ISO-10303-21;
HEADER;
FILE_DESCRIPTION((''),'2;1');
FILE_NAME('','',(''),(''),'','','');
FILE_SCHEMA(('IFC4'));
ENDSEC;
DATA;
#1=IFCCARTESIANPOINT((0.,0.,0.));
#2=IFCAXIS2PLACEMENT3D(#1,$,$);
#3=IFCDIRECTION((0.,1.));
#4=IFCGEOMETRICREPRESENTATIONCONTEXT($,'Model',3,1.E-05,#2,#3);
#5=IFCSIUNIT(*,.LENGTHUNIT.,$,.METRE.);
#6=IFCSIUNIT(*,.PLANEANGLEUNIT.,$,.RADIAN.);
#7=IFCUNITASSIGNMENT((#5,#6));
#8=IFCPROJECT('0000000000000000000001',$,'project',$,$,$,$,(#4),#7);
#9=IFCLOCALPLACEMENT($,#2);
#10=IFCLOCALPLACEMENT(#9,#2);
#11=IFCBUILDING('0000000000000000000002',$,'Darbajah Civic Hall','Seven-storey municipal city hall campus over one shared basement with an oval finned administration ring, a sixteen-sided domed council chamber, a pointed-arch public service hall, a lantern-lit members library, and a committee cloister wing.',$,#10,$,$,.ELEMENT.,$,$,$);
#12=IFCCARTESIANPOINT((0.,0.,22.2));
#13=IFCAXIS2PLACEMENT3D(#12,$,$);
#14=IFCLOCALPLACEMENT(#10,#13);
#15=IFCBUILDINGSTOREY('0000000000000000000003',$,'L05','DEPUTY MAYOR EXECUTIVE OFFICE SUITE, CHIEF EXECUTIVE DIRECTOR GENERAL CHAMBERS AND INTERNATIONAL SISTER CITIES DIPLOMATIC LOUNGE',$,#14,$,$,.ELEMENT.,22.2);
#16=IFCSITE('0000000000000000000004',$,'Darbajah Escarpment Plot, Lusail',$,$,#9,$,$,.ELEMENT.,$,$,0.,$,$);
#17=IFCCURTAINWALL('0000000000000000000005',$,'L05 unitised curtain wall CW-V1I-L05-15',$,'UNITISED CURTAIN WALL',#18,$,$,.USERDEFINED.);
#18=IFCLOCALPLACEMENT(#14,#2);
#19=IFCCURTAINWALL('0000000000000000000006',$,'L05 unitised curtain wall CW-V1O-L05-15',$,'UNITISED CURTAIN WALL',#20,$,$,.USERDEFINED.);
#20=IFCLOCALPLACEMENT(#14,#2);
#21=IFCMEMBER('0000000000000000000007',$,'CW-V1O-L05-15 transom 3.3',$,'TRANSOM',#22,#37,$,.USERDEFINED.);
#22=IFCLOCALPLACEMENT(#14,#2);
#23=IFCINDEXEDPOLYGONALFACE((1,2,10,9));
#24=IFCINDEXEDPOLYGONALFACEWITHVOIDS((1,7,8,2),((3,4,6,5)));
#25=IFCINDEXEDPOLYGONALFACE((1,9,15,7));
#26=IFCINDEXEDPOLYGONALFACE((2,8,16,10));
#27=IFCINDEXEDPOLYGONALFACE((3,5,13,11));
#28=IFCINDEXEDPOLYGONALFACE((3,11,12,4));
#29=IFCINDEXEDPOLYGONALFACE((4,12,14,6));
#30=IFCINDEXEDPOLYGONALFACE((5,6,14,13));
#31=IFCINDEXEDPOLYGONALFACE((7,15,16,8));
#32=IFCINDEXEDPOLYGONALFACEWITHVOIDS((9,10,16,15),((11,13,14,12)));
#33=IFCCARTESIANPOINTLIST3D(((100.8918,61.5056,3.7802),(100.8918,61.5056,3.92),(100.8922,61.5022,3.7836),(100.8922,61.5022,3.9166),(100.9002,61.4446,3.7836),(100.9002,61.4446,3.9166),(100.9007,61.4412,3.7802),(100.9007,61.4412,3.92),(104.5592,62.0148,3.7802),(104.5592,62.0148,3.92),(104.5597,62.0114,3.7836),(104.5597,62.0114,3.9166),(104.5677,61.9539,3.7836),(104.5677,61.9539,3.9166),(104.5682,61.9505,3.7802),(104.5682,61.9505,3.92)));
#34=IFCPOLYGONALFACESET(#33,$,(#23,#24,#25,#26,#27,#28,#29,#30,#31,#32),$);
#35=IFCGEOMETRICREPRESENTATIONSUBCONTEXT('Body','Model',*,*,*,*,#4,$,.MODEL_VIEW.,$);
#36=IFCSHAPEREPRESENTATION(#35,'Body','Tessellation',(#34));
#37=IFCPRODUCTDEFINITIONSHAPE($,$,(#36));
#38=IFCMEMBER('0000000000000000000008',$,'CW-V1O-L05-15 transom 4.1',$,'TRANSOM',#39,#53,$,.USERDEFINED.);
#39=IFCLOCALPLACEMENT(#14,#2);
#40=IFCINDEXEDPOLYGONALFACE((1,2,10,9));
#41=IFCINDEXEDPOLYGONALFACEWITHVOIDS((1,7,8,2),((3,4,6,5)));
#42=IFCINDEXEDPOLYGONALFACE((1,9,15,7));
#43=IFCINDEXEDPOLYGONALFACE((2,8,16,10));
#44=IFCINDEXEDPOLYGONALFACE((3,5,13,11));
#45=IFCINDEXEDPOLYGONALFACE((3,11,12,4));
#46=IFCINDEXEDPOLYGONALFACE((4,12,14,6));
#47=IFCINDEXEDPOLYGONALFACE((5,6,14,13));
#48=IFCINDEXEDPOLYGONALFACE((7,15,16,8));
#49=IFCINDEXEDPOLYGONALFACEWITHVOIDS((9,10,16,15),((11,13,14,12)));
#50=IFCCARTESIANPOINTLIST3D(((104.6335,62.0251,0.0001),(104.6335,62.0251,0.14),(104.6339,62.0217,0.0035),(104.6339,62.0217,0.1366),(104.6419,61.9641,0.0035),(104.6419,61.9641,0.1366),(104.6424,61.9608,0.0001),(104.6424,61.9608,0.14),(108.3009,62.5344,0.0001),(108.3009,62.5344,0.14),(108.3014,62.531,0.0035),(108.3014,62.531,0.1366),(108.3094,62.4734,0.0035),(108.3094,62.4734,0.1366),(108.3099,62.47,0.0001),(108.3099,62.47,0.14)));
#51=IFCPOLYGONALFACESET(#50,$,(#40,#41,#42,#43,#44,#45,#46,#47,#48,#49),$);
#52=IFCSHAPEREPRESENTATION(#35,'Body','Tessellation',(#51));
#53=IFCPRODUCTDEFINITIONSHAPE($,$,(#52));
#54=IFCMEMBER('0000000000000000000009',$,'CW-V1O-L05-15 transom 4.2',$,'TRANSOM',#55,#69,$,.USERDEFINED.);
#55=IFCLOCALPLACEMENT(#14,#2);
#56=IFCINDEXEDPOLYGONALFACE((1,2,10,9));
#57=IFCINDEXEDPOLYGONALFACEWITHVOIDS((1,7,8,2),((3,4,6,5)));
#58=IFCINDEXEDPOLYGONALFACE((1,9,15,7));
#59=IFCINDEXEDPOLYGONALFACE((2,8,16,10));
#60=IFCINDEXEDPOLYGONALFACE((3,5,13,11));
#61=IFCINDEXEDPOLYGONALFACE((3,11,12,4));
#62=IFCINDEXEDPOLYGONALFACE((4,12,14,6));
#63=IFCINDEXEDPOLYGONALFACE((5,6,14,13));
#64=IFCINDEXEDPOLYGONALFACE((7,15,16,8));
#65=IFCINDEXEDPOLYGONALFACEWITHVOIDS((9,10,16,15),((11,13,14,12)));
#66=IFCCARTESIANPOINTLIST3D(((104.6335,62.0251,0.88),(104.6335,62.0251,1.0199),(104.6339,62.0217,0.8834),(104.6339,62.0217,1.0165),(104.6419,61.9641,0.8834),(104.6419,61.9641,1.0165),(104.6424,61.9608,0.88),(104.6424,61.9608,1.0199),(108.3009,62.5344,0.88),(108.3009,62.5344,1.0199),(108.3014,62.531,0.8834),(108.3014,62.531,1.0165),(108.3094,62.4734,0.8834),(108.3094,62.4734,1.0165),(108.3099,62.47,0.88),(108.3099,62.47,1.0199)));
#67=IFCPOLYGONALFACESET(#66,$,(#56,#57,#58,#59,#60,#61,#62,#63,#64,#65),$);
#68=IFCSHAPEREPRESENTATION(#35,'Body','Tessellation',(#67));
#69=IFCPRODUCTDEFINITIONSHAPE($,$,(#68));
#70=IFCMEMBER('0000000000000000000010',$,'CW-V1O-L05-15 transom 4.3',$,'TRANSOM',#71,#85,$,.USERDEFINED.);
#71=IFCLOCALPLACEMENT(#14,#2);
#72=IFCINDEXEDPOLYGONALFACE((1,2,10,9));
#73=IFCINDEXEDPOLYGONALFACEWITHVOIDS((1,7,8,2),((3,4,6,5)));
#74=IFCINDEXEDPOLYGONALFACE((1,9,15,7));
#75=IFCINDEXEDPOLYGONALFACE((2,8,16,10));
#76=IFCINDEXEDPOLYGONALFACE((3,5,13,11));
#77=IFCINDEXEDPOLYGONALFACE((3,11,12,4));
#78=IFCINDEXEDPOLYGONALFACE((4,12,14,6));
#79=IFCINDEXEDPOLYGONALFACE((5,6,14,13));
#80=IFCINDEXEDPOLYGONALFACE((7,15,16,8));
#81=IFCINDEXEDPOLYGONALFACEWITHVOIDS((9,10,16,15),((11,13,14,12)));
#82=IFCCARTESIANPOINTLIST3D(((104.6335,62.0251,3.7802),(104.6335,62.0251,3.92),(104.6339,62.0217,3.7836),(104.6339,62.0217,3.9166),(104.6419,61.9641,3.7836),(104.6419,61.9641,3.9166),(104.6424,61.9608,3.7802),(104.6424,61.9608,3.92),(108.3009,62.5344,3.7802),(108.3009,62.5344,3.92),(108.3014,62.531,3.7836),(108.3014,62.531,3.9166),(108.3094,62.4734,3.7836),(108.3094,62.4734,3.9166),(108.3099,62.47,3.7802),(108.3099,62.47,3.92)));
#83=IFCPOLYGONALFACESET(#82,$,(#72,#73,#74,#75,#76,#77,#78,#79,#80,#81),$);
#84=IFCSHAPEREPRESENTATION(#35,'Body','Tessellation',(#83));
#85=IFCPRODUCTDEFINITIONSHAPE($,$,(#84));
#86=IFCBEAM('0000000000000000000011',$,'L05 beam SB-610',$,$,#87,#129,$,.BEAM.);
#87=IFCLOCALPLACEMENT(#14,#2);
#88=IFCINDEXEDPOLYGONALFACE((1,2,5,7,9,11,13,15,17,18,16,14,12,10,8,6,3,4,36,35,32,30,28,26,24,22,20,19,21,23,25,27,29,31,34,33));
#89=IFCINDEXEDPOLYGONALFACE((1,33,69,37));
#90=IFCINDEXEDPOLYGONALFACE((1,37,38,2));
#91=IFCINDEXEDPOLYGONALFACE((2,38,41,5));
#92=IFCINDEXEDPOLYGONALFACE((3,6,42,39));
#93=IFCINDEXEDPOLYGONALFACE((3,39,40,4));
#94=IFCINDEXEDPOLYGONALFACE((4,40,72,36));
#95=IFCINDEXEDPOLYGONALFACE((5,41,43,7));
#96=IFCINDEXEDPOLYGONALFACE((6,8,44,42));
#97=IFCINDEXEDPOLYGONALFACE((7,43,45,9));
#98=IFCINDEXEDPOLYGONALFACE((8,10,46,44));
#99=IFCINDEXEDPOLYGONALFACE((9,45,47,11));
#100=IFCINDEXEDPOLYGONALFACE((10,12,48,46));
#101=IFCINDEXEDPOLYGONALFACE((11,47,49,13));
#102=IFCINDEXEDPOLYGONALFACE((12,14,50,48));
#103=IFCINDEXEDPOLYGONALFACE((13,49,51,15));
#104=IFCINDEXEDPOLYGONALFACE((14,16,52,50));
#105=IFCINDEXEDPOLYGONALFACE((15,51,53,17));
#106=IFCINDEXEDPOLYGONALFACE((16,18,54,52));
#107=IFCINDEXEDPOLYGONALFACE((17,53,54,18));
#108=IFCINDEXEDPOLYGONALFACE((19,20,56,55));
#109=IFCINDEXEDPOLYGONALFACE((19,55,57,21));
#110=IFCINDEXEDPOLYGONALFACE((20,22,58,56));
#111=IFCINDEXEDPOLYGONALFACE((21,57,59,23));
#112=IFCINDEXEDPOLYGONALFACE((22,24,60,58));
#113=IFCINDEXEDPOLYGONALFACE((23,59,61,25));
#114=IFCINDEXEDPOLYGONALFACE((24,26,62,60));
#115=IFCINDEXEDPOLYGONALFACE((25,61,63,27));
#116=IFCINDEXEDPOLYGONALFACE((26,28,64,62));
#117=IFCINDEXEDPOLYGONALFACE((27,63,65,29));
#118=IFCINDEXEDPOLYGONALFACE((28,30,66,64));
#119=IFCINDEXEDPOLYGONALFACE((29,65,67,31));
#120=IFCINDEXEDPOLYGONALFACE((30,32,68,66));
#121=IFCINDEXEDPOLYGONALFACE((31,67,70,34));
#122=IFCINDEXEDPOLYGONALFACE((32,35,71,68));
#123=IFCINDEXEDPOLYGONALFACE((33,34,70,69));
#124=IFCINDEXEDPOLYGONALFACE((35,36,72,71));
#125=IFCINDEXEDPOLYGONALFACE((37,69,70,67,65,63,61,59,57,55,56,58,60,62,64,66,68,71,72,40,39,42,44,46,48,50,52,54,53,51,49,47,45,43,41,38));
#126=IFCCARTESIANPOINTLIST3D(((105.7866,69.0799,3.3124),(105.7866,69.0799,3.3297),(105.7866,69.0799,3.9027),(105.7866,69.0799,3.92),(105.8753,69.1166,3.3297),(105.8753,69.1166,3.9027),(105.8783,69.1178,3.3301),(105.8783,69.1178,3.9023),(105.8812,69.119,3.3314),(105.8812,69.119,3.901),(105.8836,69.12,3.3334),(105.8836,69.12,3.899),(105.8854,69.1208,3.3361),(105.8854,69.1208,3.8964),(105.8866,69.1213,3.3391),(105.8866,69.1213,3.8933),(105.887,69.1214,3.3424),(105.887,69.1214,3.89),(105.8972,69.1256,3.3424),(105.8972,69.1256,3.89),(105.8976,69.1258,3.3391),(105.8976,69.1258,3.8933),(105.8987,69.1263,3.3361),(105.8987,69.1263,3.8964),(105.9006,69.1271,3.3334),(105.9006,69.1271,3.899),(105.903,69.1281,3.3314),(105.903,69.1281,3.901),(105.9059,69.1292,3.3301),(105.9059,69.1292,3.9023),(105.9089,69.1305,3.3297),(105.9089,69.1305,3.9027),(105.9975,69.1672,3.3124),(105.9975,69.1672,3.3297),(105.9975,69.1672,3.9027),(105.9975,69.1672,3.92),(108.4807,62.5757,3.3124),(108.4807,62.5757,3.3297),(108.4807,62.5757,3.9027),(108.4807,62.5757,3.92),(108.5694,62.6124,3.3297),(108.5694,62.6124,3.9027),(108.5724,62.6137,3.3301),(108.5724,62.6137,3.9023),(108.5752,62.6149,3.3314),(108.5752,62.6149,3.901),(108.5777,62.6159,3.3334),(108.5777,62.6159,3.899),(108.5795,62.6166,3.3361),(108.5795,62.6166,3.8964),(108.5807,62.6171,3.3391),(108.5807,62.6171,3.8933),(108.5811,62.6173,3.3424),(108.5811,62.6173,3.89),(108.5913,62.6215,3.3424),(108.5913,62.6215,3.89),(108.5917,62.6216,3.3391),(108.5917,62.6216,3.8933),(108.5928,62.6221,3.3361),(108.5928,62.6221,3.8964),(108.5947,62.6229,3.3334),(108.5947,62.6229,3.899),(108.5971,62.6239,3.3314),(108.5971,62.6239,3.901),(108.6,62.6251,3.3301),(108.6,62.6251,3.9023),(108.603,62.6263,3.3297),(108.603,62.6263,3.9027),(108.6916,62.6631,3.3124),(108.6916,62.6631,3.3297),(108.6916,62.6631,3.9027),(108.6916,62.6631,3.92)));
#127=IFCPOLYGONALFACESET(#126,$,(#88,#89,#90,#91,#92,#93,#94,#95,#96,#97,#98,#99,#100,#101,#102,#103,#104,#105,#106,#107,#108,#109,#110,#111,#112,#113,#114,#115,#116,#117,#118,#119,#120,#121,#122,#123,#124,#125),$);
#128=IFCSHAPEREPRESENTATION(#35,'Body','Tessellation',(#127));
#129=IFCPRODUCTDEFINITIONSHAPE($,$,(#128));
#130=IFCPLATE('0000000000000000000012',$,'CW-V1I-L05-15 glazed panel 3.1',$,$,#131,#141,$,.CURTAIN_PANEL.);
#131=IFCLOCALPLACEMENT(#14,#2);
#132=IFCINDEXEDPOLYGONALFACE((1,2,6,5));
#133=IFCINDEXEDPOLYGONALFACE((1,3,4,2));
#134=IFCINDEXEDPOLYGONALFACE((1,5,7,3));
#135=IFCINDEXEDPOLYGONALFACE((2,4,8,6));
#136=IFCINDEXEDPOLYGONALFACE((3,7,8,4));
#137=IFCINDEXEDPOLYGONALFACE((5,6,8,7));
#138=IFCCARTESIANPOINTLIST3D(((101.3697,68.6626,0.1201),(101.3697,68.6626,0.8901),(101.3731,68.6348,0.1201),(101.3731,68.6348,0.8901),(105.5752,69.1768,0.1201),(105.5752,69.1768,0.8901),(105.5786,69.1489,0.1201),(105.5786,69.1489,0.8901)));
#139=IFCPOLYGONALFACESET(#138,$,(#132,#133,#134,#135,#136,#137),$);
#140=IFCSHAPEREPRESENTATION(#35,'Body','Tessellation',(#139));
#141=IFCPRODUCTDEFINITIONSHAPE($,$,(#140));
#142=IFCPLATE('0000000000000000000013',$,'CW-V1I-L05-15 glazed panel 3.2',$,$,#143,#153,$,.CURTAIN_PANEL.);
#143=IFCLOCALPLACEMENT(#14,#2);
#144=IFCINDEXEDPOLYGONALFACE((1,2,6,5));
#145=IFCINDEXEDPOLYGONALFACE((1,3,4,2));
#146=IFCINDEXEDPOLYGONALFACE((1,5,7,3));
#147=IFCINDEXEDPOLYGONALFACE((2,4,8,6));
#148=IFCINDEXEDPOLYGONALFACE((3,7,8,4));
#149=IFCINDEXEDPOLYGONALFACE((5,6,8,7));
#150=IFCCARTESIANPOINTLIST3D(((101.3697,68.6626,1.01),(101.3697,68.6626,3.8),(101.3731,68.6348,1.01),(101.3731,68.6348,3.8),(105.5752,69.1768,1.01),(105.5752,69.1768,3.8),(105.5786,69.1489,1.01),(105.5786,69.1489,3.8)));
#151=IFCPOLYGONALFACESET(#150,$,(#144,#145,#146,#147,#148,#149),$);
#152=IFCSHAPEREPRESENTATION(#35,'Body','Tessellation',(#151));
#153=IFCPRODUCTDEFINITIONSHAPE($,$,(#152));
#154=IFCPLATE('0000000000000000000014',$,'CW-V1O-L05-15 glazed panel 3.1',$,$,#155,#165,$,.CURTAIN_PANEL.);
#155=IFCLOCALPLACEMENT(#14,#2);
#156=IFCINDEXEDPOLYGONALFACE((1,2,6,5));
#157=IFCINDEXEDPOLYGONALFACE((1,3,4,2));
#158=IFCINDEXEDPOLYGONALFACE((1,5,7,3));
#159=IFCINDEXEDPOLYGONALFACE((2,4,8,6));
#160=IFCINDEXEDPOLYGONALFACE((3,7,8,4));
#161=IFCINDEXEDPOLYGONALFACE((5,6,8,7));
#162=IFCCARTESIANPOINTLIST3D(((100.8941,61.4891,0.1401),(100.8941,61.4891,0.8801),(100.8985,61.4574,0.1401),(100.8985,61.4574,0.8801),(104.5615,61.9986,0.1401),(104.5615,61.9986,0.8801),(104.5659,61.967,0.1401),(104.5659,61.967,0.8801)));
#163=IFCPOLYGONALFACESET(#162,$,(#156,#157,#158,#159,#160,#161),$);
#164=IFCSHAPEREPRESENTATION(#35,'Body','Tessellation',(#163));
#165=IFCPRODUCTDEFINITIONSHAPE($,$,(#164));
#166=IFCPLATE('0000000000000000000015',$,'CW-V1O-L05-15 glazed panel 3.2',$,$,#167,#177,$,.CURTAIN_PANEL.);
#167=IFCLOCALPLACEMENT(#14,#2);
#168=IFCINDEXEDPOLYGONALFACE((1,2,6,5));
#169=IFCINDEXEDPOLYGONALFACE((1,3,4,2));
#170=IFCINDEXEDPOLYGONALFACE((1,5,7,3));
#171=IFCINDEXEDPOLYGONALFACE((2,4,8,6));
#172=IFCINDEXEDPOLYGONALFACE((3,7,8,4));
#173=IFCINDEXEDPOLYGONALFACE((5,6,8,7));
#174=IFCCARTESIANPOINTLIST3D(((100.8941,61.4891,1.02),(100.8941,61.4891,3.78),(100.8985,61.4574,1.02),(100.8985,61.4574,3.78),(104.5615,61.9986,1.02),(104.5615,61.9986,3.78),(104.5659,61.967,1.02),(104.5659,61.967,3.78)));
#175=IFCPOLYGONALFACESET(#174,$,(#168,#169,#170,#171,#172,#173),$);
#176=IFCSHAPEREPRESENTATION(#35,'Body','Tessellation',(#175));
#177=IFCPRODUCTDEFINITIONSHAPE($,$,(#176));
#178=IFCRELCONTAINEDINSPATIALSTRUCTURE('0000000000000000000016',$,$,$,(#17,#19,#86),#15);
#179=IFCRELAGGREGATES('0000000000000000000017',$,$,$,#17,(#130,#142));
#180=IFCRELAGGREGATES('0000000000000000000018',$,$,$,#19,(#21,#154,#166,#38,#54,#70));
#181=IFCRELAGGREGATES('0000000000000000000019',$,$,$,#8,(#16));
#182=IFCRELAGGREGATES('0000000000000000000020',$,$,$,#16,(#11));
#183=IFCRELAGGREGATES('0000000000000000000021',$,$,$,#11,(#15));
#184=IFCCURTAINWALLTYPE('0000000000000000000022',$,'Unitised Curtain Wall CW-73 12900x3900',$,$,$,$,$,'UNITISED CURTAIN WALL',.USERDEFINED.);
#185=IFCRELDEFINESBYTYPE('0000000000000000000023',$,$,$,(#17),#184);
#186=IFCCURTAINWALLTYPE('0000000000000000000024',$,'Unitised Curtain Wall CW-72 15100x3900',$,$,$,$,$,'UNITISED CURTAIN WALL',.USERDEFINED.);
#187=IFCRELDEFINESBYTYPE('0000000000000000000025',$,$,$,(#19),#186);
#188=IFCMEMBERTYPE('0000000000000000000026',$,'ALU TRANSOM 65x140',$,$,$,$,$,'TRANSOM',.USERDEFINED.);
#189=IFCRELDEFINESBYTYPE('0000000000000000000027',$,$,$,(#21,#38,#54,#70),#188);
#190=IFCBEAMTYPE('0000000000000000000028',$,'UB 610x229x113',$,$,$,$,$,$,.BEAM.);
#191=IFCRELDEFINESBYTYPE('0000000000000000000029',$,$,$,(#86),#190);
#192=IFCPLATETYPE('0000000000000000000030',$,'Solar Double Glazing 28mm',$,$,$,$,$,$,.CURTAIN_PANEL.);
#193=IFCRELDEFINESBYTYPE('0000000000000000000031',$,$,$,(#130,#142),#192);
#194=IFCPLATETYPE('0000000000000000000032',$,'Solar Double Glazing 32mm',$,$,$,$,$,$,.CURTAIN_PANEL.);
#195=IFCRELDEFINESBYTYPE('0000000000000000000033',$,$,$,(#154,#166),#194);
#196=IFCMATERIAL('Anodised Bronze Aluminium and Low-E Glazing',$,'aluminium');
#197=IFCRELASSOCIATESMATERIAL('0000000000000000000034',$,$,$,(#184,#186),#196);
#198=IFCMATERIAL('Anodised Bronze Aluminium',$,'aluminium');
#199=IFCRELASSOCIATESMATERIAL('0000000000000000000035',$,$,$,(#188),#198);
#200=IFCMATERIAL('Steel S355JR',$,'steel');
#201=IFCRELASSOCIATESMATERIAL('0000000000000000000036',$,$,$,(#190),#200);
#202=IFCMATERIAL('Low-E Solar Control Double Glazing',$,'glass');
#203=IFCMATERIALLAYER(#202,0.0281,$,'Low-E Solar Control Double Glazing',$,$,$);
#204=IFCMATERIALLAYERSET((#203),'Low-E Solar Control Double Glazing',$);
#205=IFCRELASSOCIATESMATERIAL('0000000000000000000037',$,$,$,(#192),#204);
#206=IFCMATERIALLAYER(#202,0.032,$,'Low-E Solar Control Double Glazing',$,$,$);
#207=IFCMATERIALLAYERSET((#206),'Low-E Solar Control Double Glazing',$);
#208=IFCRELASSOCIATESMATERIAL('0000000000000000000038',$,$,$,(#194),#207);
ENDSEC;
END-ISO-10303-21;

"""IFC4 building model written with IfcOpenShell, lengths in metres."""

from ifc_helpers import new_model, si_unit, direction, frame, origin, origin_2d, place, context, subcontext, project, spatial, rectangle, hollow_rectangle, i_section, extrude, material, layer, layer_set, material_profile, profile_set, type_object, element, aggregate, save


model = new_model("IFC4")

# Units and contexts
model_context = context("Model", 3, precision=1e-05, world=origin(), true_north=direction((0.0, 1.0)))
body_context = subcontext(model_context, "Body", "Model", "MODEL_VIEW")
ifc_project = project(units=[si_unit("LENGTHUNIT", "METRE"), si_unit("PLANEANGLEUNIT", "RADIAN")], contexts=[model_context])

# Site, building, storey
site_placement = place(None, origin())
site = spatial("IfcSite", under=ifc_project, at=site_placement, Name="Darbajah Escarpment Plot, Lusail", CompositionType="ELEMENT", RefElevation=0.0)
building_placement = place(site_placement, origin())
building = spatial("IfcBuilding", under=site, at=building_placement, Name="Darbajah Civic Hall", Description="Seven-storey municipal city hall campus over one shared basement with an oval finned administration ring, a sixteen-sided domed council chamber, a pointed-arch public service hall, a lantern-lit members library, and a committee cloister wing.", CompositionType="ELEMENT")
storey_placement = place(building_placement, frame((0.0, 0.0, 22.2)))
storey = spatial("IfcBuildingStorey", under=building, at=storey_placement, Name="L05", Description="DEPUTY MAYOR EXECUTIVE OFFICE SUITE, CHIEF EXECUTIVE DIRECTOR GENERAL CHAMBERS AND INTERNATIONAL SISTER CITIES DIPLOMATIC LOUNGE", CompositionType="ELEMENT", Elevation=22.2)

# Curtain walls
ifc_material_1 = material(Name="Anodised Bronze Aluminium and Low-E Glazing", Category="aluminium")
curtain_wall_type_1 = type_object("IfcCurtainWallType", Name="Unitised Curtain Wall CW-73 12900x3900", ElementType="UNITISED CURTAIN WALL", PredefinedType="USERDEFINED", material=ifc_material_1)
curtain_wall_1_placement = place(storey_placement, origin())
curtain_wall_1 = element("IfcCurtainWall", 1, at=curtain_wall_1_placement, inside=storey, type_object=curtain_wall_type_1, Name="L05 unitised curtain wall CW-V1I-L05-15", ObjectType="UNITISED CURTAIN WALL", PredefinedType="USERDEFINED")
ifc_material_2 = material(Name="Anodised Bronze Aluminium", Category="aluminium")
curtain_wall_type_2 = type_object("IfcCurtainWallType", Name="Unitised Curtain Wall CW-72 15100x3900", ElementType="UNITISED CURTAIN WALL", PredefinedType="USERDEFINED", material=ifc_material_1)
curtain_wall_2_placement = place(storey_placement, origin())
curtain_wall_2 = element("IfcCurtainWall", 2, at=curtain_wall_2_placement, inside=storey, type_object=curtain_wall_type_2, Name="L05 unitised curtain wall CW-V1O-L05-15", ObjectType="UNITISED CURTAIN WALL", PredefinedType="USERDEFINED")

# Members
ifc_material_profile_1 = material_profile(ifc_material_2, hollow_rectangle(XDim=0.0649, YDim=0.1399, WallThickness=0.0034, at=origin_2d()), Name="ALU TRANSOM 65x140")
ifc_profile_set_1 = profile_set([ifc_material_profile_1], Name="Anodised Bronze Aluminium")
member_type_1 = type_object("IfcMemberType", Name="ALU TRANSOM 65x140", ElementType="TRANSOM", PredefinedType="USERDEFINED", material=ifc_profile_set_1)
member_1_placement = place(storey_placement, frame((100.8962, 61.4734, 3.8501), z_axis=(0.990496, 0.137543, 0.0), x_axis=(-0.137543, 0.990496, 0.0)))
member_1 = element("IfcMember", 3, at=member_1_placement, type_object=member_type_1, Name="CW-V1O-L05-15 transom 3.3", ObjectType="TRANSOM", PredefinedType="USERDEFINED", context=body_context, shape_type="SweptSolid", body=[
    extrude(hollow_rectangle(XDim=0.0649, YDim=0.1399, WallThickness=0.0034, at=origin_2d()), origin(), (0.0, 0.0, 1.0), 3.7026),
])
member_2_placement = place(storey_placement, frame((104.6379, 61.9929, 0.0701), z_axis=(0.990496, 0.137543, 0.0), x_axis=(-0.137543, 0.990496, 0.0)))
member_2 = element("IfcMember", 4, at=member_2_placement, type_object=member_type_1, Name="CW-V1O-L05-15 transom 4.1", ObjectType="TRANSOM", PredefinedType="USERDEFINED", context=body_context, shape_type="SweptSolid", body=[
    extrude(hollow_rectangle(XDim=0.0649, YDim=0.1399, WallThickness=0.0034, at=origin_2d()), origin(), (0.0, 0.0, 1.0), 3.7026),
])
member_3_placement = place(storey_placement, frame((104.6379, 61.9929, 0.95), z_axis=(0.990496, 0.137543, 0.0), x_axis=(-0.137543, 0.990496, 0.0)))
member_3 = element("IfcMember", 5, at=member_3_placement, type_object=member_type_1, Name="CW-V1O-L05-15 transom 4.2", ObjectType="TRANSOM", PredefinedType="USERDEFINED", context=body_context, shape_type="SweptSolid", body=[
    extrude(hollow_rectangle(XDim=0.0649, YDim=0.1399, WallThickness=0.0034, at=origin_2d()), origin(), (0.0, 0.0, 1.0), 3.7026),
])
member_4_placement = place(storey_placement, frame((104.6379, 61.9929, 3.8501), z_axis=(0.990496, 0.137543, 0.0), x_axis=(-0.137543, 0.990496, 0.0)))
member_4 = element("IfcMember", 6, at=member_4_placement, type_object=member_type_1, Name="CW-V1O-L05-15 transom 4.3", ObjectType="TRANSOM", PredefinedType="USERDEFINED", context=body_context, shape_type="SweptSolid", body=[
    extrude(hollow_rectangle(XDim=0.0649, YDim=0.1399, WallThickness=0.0034, at=origin_2d()), origin(), (0.0, 0.0, 1.0), 3.7026),
])

# Beam
ifc_material_3 = material(Name="Steel S355JR", Category="steel")
ifc_material_profile_2 = material_profile(ifc_material_3, i_section(OverallWidth=0.2283, OverallDepth=0.6077, WebThickness=0.011, FlangeThickness=0.0173, FilletRadius=0.0127, at=origin_2d()), Name="UB 610x229x113")
ifc_profile_set_2 = profile_set([ifc_material_profile_2], Name="Steel S355JR")
beam_type = type_object("IfcBeamType", Name="UB 610x229x113", PredefinedType="BEAM", material=ifc_profile_set_2)
beam_placement = place(storey_placement, frame((105.8921, 69.1235, 3.6162), z_axis=(0.382682, -0.92388, 0.0), x_axis=(0.92388, 0.382682, 0.0)))
element("IfcBeam", 7, at=beam_placement, inside=storey, type_object=beam_type, Name="L05 beam SB-610", PredefinedType="BEAM", context=body_context, shape_type="SweptSolid", body=[
    extrude(i_section(OverallWidth=0.2283, OverallDepth=0.6077, WebThickness=0.011, FlangeThickness=0.0173, FilletRadius=0.0127, at=origin_2d()), origin(), (0.0, 0.0, 1.0), 7.04),
])

# Plates
ifc_material_4 = material(Name="Low-E Solar Control Double Glazing", Category="glass")
ifc_layer_1 = layer(ifc_material_4, 0.0281, Name="Low-E Solar Control Double Glazing")
ifc_layer_set_1 = layer_set([ifc_layer_1], Name="Low-E Solar Control Double Glazing")
plate_type_1 = type_object("IfcPlateType", Name="Solar Double Glazing 28mm", PredefinedType="CURTAIN_PANEL", material=ifc_layer_set_1)
plate_1_placement = place(storey_placement, frame((103.4741, 68.9058, 0.1201), z_axis=(0.0, 0.0, 1.0), x_axis=(0.99261, 0.12135, 0.0)))
plate_1 = element("IfcPlate", 8, at=plate_1_placement, type_object=plate_type_1, Name="CW-V1I-L05-15 glazed panel 3.1", PredefinedType="CURTAIN_PANEL", context=body_context, shape_type="SweptSolid", body=[
    extrude(rectangle(XDim=4.2368, YDim=0.0281, at=origin_2d()), origin(), (0.0, 0.0, 1.0), 0.77),
])
plate_2_placement = place(storey_placement, frame((103.4741, 68.9058, 1.01), z_axis=(0.0, 0.0, 1.0), x_axis=(0.99261, 0.12135, 0.0)))
plate_2 = element("IfcPlate", 9, at=plate_2_placement, type_object=plate_type_1, Name="CW-V1I-L05-15 glazed panel 3.2", PredefinedType="CURTAIN_PANEL", context=body_context, shape_type="SweptSolid", body=[
    extrude(rectangle(XDim=4.2368, YDim=0.0281, at=origin_2d()), origin(), (0.0, 0.0, 1.0), 2.79),
])
aggregate(curtain_wall_1, [plate_1, plate_2])
ifc_layer_2 = layer(ifc_material_4, 0.032, Name="Low-E Solar Control Double Glazing")
ifc_layer_set_2 = layer_set([ifc_layer_2], Name="Low-E Solar Control Double Glazing")
plate_type_2 = type_object("IfcPlateType", Name="Solar Double Glazing 32mm", PredefinedType="CURTAIN_PANEL", material=ifc_layer_set_2)
plate_3_placement = place(storey_placement, frame((102.73, 61.728, 0.1401), z_axis=(0.0, 0.0, 1.0), x_axis=(0.990485, 0.137617, 0.0)))
plate_3 = element("IfcPlate", 10, at=plate_3_placement, type_object=plate_type_2, Name="CW-V1O-L05-15 glazed panel 3.1", PredefinedType="CURTAIN_PANEL", context=body_context, shape_type="SweptSolid", body=[
    extrude(rectangle(XDim=3.7026, YDim=0.032, at=origin_2d()), origin(), (0.0, 0.0, 1.0), 0.74),
])
plate_4_placement = place(storey_placement, frame((102.73, 61.728, 1.02), z_axis=(0.0, 0.0, 1.0), x_axis=(0.990485, 0.137617, 0.0)))
plate_4 = element("IfcPlate", 11, at=plate_4_placement, type_object=plate_type_2, Name="CW-V1O-L05-15 glazed panel 3.2", PredefinedType="CURTAIN_PANEL", context=body_context, shape_type="SweptSolid", body=[
    extrude(rectangle(XDim=3.7026, YDim=0.032, at=origin_2d()), origin(), (0.0, 0.0, 1.0), 2.76),
])
aggregate(curtain_wall_2, [member_1, plate_3, plate_4, member_2, member_3, member_4])

save(model, "model.ifc")
